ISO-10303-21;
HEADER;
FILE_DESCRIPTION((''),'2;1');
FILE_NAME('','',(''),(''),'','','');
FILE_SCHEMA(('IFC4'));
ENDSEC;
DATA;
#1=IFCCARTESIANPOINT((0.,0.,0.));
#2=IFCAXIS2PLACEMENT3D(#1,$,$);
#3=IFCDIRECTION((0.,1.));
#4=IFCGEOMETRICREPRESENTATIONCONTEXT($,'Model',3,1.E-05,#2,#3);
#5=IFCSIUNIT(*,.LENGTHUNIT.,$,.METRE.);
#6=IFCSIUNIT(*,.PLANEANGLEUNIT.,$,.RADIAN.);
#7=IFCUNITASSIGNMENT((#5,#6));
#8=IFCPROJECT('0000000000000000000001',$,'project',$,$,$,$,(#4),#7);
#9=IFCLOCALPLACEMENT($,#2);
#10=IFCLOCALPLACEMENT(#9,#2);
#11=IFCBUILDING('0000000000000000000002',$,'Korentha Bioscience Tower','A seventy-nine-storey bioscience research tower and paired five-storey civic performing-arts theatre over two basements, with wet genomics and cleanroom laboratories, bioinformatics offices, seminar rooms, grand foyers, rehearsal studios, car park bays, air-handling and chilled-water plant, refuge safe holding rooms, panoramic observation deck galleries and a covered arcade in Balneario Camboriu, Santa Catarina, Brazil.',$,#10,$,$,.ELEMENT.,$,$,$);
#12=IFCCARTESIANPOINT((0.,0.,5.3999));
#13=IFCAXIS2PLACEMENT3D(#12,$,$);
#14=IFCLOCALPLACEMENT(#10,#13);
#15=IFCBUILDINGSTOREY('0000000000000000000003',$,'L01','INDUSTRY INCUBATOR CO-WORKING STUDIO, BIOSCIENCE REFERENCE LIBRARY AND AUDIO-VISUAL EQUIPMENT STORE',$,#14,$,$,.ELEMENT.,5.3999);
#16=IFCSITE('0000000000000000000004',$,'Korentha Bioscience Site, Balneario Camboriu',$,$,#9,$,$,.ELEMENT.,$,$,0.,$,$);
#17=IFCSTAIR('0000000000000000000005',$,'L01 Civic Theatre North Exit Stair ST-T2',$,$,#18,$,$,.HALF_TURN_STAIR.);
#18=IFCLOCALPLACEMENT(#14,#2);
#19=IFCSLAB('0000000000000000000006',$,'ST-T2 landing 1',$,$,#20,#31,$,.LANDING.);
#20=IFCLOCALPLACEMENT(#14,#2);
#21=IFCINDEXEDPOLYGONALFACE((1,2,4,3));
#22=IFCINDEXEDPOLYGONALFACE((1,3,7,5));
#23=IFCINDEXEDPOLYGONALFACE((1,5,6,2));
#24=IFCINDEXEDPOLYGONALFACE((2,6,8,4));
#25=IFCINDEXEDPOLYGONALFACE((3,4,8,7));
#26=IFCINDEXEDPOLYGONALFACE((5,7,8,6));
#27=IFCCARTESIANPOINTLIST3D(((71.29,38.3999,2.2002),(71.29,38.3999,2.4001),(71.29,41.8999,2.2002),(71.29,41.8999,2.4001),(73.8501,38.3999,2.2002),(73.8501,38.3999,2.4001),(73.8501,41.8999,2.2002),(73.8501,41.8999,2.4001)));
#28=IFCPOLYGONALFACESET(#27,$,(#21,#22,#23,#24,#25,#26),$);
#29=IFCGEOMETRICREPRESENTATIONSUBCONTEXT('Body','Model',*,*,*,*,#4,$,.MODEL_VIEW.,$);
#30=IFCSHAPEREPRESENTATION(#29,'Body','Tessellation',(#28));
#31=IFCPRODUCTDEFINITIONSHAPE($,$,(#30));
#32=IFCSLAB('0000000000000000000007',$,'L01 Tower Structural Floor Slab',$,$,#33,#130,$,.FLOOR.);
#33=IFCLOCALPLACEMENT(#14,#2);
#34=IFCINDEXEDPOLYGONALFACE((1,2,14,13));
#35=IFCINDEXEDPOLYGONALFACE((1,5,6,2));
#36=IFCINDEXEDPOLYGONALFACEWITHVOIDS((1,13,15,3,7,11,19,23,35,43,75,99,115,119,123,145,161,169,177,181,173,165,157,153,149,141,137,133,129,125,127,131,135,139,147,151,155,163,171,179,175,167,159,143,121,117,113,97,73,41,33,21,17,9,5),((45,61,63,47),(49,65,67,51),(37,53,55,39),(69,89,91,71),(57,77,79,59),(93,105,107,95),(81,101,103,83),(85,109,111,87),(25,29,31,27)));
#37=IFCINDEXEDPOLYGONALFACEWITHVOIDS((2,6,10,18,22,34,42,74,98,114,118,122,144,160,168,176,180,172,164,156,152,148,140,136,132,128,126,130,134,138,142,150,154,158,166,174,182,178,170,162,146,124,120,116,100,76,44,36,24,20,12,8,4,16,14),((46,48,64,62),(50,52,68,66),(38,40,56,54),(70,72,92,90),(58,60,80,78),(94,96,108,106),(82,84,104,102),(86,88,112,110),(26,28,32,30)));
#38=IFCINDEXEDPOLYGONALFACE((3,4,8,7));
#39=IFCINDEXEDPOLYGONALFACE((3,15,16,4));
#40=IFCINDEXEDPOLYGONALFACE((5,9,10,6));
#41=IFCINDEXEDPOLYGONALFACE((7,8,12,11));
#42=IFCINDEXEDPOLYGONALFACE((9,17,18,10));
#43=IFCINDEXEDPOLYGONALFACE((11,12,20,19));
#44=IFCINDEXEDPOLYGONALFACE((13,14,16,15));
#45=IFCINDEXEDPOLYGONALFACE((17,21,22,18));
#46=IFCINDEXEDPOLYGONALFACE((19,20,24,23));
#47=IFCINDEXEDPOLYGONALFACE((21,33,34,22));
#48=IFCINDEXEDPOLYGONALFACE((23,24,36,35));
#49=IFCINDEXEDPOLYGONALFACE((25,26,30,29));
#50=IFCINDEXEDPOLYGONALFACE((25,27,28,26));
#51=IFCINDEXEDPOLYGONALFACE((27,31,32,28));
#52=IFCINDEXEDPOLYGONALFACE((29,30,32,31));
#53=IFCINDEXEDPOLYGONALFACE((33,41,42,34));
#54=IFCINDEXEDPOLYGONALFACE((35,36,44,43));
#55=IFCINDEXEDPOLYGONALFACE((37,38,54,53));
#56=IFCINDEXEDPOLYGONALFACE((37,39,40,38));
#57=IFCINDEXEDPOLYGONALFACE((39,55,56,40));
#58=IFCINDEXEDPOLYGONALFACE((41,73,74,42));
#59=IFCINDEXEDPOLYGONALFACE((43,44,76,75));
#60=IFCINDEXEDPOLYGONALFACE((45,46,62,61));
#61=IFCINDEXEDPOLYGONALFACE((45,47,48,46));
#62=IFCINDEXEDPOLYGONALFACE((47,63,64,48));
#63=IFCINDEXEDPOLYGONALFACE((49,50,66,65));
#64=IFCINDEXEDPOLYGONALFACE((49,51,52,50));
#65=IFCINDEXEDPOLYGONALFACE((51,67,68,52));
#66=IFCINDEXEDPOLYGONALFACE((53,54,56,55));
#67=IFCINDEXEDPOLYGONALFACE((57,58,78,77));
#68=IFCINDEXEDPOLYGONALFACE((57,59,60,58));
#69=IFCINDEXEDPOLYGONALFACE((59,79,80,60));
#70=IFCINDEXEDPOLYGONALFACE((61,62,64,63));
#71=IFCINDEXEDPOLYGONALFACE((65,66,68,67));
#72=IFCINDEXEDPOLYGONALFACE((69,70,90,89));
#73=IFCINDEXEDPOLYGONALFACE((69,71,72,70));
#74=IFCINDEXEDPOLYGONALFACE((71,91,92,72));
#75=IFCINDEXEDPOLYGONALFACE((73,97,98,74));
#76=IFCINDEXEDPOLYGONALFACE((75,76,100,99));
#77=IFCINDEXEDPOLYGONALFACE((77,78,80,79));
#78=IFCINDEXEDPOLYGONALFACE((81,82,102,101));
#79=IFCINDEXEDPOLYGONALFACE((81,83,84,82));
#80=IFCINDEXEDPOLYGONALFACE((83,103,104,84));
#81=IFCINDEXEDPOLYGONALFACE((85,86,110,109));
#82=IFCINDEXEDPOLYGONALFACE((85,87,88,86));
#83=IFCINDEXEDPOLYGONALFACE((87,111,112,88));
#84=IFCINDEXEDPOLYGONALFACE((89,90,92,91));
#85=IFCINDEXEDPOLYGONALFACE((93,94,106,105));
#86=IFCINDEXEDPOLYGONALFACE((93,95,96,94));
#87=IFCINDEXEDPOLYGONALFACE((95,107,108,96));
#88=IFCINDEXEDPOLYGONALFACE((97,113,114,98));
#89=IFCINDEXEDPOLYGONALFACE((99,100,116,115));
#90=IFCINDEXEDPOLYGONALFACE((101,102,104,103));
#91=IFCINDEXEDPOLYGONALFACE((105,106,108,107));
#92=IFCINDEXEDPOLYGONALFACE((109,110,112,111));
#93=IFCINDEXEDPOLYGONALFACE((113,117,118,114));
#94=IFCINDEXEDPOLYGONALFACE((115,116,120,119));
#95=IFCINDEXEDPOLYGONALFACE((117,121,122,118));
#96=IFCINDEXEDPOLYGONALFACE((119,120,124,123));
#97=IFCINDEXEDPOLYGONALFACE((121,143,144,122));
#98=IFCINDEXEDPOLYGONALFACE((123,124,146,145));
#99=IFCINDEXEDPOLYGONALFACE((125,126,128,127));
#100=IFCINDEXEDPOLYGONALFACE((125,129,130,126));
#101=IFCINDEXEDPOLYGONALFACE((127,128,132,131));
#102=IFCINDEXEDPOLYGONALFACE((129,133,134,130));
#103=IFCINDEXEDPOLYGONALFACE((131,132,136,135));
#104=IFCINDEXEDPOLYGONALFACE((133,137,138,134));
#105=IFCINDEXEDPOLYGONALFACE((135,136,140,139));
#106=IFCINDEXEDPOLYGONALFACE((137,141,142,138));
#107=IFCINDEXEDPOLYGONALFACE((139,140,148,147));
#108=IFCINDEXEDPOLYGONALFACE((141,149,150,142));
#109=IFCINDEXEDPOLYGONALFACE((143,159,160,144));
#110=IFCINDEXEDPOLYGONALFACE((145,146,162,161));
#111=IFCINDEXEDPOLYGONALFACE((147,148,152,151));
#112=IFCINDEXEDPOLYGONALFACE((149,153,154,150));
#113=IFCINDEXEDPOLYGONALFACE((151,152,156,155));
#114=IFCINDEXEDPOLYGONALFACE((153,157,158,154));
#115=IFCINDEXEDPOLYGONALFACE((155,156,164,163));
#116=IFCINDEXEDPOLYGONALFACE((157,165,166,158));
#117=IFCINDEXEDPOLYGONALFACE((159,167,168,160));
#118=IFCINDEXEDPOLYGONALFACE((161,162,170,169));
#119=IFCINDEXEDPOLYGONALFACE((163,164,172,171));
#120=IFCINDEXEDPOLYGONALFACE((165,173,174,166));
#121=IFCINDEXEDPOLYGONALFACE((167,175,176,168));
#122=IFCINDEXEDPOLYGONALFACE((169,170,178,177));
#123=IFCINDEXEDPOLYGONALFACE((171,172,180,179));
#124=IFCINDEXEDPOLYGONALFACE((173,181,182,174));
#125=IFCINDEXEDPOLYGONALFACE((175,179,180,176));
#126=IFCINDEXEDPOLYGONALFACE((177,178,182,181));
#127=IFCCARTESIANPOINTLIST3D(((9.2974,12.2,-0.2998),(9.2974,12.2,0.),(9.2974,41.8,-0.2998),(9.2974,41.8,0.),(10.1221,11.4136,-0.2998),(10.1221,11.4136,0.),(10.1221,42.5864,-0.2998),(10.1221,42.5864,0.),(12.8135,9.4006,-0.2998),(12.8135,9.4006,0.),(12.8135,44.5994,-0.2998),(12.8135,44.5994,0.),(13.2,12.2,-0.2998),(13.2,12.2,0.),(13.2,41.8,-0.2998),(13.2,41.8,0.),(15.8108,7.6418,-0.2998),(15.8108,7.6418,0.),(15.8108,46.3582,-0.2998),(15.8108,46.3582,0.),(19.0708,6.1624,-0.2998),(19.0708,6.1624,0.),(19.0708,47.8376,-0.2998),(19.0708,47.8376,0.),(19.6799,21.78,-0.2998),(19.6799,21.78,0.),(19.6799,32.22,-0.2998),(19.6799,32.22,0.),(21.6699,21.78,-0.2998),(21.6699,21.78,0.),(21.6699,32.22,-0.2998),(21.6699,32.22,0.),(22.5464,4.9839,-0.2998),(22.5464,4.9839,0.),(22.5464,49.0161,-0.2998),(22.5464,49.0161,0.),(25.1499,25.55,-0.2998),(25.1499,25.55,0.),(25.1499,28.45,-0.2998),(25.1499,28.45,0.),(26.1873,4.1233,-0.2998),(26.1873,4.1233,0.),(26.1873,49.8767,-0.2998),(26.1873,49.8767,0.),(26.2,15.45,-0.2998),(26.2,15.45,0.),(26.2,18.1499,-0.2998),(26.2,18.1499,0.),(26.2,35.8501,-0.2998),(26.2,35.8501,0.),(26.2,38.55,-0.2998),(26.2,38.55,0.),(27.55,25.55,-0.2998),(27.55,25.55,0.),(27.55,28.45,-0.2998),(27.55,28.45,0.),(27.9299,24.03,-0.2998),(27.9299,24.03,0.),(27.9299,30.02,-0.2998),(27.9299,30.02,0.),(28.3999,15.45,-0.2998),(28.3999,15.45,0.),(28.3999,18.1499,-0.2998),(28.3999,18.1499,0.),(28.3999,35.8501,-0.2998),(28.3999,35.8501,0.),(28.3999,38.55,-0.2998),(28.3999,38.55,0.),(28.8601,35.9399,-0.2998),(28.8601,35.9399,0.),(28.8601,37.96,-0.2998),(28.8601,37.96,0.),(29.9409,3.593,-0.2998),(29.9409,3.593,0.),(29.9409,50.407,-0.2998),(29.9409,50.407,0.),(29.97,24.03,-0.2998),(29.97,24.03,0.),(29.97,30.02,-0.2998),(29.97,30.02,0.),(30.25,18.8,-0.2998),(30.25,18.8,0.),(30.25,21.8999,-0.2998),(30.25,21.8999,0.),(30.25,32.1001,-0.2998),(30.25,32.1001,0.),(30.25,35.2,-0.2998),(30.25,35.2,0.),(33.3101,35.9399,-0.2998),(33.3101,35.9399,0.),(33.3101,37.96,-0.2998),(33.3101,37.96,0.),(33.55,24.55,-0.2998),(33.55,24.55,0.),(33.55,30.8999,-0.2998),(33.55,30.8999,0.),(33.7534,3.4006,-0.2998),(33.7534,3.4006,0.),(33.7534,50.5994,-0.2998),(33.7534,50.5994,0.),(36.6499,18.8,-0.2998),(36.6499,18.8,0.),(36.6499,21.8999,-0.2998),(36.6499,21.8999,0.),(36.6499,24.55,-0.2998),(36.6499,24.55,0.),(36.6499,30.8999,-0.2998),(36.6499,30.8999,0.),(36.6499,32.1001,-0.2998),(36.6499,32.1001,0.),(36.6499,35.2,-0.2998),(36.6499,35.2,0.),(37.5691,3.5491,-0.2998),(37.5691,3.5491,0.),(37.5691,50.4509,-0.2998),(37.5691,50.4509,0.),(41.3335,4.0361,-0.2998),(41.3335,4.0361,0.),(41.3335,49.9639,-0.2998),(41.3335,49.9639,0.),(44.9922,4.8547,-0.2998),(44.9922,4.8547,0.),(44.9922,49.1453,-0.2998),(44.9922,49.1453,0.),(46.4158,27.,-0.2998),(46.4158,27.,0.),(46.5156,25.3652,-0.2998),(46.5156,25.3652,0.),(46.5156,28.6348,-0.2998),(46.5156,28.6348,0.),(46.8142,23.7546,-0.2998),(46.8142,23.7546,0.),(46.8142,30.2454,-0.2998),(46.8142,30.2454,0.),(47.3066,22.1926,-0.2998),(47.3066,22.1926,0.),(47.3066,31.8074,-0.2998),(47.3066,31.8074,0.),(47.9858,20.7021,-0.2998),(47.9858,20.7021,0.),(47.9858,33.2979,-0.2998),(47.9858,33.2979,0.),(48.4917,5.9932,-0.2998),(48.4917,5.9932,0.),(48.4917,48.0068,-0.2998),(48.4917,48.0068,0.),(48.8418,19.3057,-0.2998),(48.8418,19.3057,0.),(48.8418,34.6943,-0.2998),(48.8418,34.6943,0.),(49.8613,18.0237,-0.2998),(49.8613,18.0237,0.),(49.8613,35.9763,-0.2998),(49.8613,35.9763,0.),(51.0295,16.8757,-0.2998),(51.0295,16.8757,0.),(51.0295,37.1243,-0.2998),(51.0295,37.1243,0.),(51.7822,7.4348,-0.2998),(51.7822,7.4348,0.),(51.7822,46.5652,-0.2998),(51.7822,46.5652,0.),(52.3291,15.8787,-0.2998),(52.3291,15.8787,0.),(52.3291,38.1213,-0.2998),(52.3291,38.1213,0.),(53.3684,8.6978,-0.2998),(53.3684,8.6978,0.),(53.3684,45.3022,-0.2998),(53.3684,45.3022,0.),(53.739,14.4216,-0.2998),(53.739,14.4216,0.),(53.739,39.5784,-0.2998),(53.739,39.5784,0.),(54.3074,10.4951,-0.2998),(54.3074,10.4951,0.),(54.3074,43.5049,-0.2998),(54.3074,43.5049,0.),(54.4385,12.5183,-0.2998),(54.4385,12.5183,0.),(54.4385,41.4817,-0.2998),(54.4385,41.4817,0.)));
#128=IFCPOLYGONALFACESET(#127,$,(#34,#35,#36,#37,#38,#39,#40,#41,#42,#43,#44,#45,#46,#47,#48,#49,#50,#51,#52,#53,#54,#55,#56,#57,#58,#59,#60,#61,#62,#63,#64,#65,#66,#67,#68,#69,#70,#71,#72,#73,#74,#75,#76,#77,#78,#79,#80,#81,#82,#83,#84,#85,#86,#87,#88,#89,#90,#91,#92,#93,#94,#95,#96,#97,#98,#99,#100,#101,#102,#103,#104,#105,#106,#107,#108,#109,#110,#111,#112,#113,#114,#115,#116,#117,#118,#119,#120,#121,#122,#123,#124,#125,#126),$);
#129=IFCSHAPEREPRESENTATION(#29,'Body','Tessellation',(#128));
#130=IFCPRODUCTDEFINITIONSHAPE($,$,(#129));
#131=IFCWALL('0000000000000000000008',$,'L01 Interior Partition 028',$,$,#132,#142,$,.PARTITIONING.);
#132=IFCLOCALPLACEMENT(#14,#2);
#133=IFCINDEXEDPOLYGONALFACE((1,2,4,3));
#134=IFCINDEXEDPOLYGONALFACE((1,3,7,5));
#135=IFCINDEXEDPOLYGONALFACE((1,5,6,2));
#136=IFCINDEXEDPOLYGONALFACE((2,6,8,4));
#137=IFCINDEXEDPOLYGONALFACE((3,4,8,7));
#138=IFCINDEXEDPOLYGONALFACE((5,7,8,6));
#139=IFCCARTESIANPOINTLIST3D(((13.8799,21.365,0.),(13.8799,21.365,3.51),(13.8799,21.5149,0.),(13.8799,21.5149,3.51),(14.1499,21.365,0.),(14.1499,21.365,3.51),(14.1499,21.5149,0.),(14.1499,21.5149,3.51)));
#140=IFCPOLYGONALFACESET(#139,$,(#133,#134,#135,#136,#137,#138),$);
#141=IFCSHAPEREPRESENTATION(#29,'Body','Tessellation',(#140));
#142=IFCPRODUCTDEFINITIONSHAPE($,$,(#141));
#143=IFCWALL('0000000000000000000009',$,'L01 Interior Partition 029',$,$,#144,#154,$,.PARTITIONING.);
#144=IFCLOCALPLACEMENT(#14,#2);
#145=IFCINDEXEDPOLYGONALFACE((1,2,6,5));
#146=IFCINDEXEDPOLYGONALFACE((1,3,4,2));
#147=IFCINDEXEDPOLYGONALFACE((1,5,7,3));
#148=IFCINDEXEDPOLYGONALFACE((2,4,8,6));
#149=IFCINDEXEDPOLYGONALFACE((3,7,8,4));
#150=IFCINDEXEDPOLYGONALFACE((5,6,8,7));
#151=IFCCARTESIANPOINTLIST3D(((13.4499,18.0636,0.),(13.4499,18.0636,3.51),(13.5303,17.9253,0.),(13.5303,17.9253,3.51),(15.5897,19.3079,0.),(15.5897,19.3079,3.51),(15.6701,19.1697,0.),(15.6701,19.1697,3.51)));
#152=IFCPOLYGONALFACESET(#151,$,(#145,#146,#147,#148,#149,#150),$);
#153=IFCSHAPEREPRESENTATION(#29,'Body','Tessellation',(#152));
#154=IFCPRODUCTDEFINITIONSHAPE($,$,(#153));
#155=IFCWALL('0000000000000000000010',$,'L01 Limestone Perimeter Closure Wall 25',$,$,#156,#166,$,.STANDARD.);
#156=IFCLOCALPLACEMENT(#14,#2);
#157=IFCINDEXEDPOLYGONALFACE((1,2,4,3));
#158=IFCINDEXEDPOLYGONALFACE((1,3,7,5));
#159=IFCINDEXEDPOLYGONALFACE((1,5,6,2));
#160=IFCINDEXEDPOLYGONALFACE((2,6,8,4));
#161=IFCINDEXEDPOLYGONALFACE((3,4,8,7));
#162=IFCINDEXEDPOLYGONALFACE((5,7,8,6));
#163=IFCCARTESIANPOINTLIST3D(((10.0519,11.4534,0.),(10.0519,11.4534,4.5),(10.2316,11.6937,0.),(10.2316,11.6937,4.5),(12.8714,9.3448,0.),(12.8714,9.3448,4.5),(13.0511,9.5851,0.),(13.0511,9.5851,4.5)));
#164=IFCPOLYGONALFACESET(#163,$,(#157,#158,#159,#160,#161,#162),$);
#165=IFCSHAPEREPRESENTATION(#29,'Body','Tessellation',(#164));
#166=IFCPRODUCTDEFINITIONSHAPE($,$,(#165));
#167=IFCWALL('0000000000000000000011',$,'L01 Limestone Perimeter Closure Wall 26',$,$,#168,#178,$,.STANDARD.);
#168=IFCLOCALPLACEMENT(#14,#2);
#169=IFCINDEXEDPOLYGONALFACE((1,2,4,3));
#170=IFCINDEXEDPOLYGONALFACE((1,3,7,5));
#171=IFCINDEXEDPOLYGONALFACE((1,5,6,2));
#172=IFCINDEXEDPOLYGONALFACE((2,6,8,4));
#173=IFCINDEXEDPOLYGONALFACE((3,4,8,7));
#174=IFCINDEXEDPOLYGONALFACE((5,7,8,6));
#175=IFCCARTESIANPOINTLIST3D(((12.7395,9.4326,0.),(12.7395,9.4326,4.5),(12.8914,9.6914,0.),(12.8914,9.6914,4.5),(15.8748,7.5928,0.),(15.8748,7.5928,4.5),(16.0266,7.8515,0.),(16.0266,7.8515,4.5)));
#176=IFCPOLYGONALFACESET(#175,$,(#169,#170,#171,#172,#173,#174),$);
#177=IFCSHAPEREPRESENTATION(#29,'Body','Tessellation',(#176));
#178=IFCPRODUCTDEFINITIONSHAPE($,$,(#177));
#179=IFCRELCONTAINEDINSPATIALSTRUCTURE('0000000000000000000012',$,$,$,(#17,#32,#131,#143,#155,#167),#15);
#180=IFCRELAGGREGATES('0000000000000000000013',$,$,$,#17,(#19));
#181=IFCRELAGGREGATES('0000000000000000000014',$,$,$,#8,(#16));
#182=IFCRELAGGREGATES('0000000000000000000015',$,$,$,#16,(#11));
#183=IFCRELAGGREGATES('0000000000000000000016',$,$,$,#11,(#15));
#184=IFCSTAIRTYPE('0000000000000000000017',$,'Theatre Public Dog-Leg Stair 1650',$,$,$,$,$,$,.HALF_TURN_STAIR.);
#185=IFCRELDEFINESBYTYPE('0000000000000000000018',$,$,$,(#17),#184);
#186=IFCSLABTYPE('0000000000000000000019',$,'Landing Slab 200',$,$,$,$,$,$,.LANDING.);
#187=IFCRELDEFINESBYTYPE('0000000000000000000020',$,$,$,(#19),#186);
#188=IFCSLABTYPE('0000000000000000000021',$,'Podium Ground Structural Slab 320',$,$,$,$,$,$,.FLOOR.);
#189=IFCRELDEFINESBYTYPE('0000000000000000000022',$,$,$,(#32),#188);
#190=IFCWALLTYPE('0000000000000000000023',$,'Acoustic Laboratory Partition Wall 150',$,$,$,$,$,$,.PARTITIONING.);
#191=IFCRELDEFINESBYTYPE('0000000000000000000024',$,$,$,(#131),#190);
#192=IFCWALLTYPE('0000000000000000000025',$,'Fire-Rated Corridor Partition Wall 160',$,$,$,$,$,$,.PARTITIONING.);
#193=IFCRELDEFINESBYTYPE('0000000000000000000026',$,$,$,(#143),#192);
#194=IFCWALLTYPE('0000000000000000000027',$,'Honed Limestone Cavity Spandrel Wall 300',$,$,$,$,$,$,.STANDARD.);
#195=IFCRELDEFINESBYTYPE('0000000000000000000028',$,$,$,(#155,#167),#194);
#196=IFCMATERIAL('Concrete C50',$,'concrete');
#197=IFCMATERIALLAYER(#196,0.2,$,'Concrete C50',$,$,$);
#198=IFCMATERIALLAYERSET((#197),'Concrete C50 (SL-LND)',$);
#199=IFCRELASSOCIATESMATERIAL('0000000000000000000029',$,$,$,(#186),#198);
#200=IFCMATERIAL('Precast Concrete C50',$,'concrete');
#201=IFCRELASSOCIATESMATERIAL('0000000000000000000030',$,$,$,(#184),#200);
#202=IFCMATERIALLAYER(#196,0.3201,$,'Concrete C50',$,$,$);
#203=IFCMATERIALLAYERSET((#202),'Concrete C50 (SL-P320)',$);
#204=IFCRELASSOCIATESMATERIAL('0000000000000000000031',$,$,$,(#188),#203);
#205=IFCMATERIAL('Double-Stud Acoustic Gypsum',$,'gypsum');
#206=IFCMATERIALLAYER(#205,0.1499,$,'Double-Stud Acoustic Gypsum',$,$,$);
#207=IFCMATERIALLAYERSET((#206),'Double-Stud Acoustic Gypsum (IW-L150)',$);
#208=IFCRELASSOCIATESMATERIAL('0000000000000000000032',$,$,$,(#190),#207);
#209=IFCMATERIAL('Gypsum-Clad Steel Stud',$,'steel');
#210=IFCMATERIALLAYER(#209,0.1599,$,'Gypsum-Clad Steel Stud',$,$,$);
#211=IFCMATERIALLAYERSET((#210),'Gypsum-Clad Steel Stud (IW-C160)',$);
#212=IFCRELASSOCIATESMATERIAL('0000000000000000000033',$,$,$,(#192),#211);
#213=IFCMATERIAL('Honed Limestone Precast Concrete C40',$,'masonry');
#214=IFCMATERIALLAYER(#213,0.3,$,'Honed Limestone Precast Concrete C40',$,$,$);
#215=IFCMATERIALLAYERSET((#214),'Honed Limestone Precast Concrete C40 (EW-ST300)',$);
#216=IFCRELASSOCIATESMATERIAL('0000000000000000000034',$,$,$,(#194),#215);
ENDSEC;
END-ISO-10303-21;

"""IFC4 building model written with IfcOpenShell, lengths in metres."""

from ifc_helpers import new_model, si_unit, direction, frame, frame_2d, origin, place, context, subcontext, project, spatial, polyline, rectangle, outline, extrude, material, layer, layer_set, type_object, element, aggregate, save


model = new_model("IFC4")

# Units and contexts
model_context = context("Model", 3, precision=1e-05, world=origin(), true_north=direction((0.0, 1.0)))
body_context = subcontext(model_context, "Body", "Model", "MODEL_VIEW")
ifc_project = project(units=[si_unit("LENGTHUNIT", "METRE"), si_unit("PLANEANGLEUNIT", "RADIAN")], contexts=[model_context])

# Site, building, storey
site_placement = place(None, origin())
site = spatial("IfcSite", under=ifc_project, at=site_placement, Name="Korentha Bioscience Site, Balneario Camboriu", CompositionType="ELEMENT", RefElevation=0.0)
building_placement = place(site_placement, origin())
building = spatial("IfcBuilding", under=site, at=building_placement, Name="Korentha Bioscience Tower", Description="A seventy-nine-storey bioscience research tower and paired five-storey civic performing-arts theatre over two basements, with wet genomics and cleanroom laboratories, bioinformatics offices, seminar rooms, grand foyers, rehearsal studios, car park bays, air-handling and chilled-water plant, refuge safe holding rooms, panoramic observation deck galleries and a covered arcade in Balneario Camboriu, Santa Catarina, Brazil.", CompositionType="ELEMENT")
storey_placement = place(building_placement, frame((0.0, 0.0, 5.3999)))
storey = spatial("IfcBuildingStorey", under=building, at=storey_placement, Name="L01", Description="INDUSTRY INCUBATOR CO-WORKING STUDIO, BIOSCIENCE REFERENCE LIBRARY AND AUDIO-VISUAL EQUIPMENT STORE", CompositionType="ELEMENT", Elevation=5.3999)

# Shared definitions
ifc_material_1 = material(Name="Concrete C50", Category="concrete")

# Stair, slab
ifc_material_2 = material(Name="Precast Concrete C50", Category="concrete")
ifc_layer_1 = layer(ifc_material_1, 0.2, Name="Concrete C50")
ifc_layer_set_1 = layer_set([ifc_layer_1], Name="Concrete C50 (SL-LND)")
slab_type_1 = type_object("IfcSlabType", Name="Landing Slab 200", PredefinedType="LANDING", material=ifc_layer_set_1)
stair_type_1 = type_object("IfcStairType", Name="Theatre Public Dog-Leg Stair 1650", PredefinedType="HALF_TURN_STAIR", material=ifc_material_2)
stair_1_placement = place(storey_placement, origin())
stair_1 = element("IfcStair", 1, at=stair_1_placement, inside=storey, type_object=stair_type_1, Name="L01 Civic Theatre North Exit Stair ST-T2", PredefinedType="HALF_TURN_STAIR")
slab_1_placement = place(storey_placement, frame((0.0, 0.0, 2.2002)))
slab_1 = element("IfcSlab", 2, at=slab_1_placement, type_object=slab_type_1, Name="ST-T2 landing 1", PredefinedType="LANDING", context=body_context, shape_type="SweptSolid", body=[
    extrude(outline(polyline([(71.29, 38.3999), (73.8501, 38.3999), (73.8501, 41.8999), (71.29, 41.8999), (71.29, 38.3999)])), origin(), (0.0, 0.0, 1.0), 0.2),
])
aggregate(stair_1, [slab_1])

# Slab
ifc_layer_2 = layer(ifc_material_1, 0.3201, Name="Concrete C50")
ifc_layer_set_2 = layer_set([ifc_layer_2], Name="Concrete C50 (SL-P320)")
slab_type_2 = type_object("IfcSlabType", Name="Podium Ground Structural Slab 320", PredefinedType="FLOOR", material=ifc_layer_set_2)
slab_2_placement = place(storey_placement, frame((0.0, 0.0, -0.2998)))
element("IfcSlab", 3, at=slab_2_placement, inside=storey, type_object=slab_type_2, Name="L01 Tower Structural Floor Slab", PredefinedType="FLOOR", context=body_context, shape_type="SweptSolid", body=[
    extrude(outline(polyline([(9.2974, 41.8), (13.2, 41.8), (13.2, 12.2), (9.2974, 12.2), (10.1221, 11.4136), (12.8135, 9.4006), (15.8108, 7.6418), (19.0708, 6.1624), (22.5464, 4.9839), (26.1873, 4.1233), (29.9409, 3.593), (33.7534, 3.4006), (37.5691, 3.5491), (41.3335, 4.0361), (44.9922, 4.8547), (48.4917, 5.9932), (51.7822, 7.4348), (53.3684, 8.6978), (54.3074, 10.4951), (54.4385, 12.5183), (53.739, 14.4216), (52.3291, 15.8787), (51.0295, 16.8757), (49.8613, 18.0237), (48.8418, 19.3057), (47.9858, 20.7021), (47.3066, 22.1926), (46.8142, 23.7546), (46.5156, 25.3652), (46.4158, 27.0), (46.5156, 28.6348), (46.8142, 30.2454), (47.3066, 31.8074), (47.9858, 33.2979), (48.8418, 34.6943), (49.8613, 35.9763), (51.0295, 37.1243), (52.3291, 38.1213), (53.739, 39.5784), (54.4385, 41.4817), (54.3074, 43.5049), (53.3684, 45.3022), (51.7822, 46.5652), (48.4917, 48.0068), (44.9922, 49.1453), (41.3335, 49.9639), (37.5691, 50.4509), (33.7534, 50.5994), (29.9409, 50.407), (26.1873, 49.8767), (22.5464, 49.0161), (19.0708, 47.8376), (15.8108, 46.3582), (12.8135, 44.5994), (10.1221, 42.5864), (9.2974, 41.8)]), holes=[polyline([(30.25, 32.1001), (36.6499, 32.1001), (36.6499, 35.2), (30.25, 35.2), (30.25, 32.1001)]), polyline([(30.25, 18.8), (36.6499, 18.8), (36.6499, 21.8999), (30.25, 21.8999), (30.25, 18.8)]), polyline([(36.6499, 24.55), (36.6499, 30.8999), (33.55, 30.8999), (33.55, 24.55), (36.6499, 24.55)]), polyline([(19.6799, 21.78), (21.6699, 21.78), (21.6699, 32.22), (19.6799, 32.22), (19.6799, 21.78)]), polyline([(27.9299, 24.03), (29.97, 24.03), (29.97, 30.02), (27.9299, 30.02), (27.9299, 24.03)]), polyline([(28.8601, 35.9399), (33.3101, 35.9399), (33.3101, 37.96), (28.8601, 37.96), (28.8601, 35.9399)]), polyline([(26.2, 15.45), (28.3999, 15.45), (28.3999, 18.1499), (26.2, 18.1499), (26.2, 15.45)]), polyline([(26.2, 35.8501), (28.3999, 35.8501), (28.3999, 38.55), (26.2, 38.55), (26.2, 35.8501)]), polyline([(25.1499, 25.55), (27.55, 25.55), (27.55, 28.45), (25.1499, 28.45), (25.1499, 25.55)])]), origin(), (0.0, 0.0, 1.0), 0.2998),
])

# Walls
ifc_material_3 = material(Name="Double-Stud Acoustic Gypsum", Category="gypsum")
ifc_layer_3 = layer(ifc_material_3, 0.1499, Name="Double-Stud Acoustic Gypsum")
ifc_layer_set_3 = layer_set([ifc_layer_3], Name="Double-Stud Acoustic Gypsum (IW-L150)")
wall_type_1 = type_object("IfcWallType", Name="Acoustic Laboratory Partition Wall 150", PredefinedType="PARTITIONING", material=ifc_layer_set_3)
wall_1_placement = place(storey_placement, frame((13.8799, 21.4399, 0.0), z_axis=(0.0, 0.0, 1.0), x_axis=(1.0, 0.0, 0.0)))
element("IfcWall", 4, at=wall_1_placement, inside=storey, type_object=wall_type_1, Name="L01 Interior Partition 028", PredefinedType="PARTITIONING", context=body_context, shape_type="SweptSolid", body=[
    extrude(rectangle(XDim=0.27, YDim=0.1499, at=frame_2d((0.135, 0.0))), origin(), (0.0, 0.0, 1.0), 3.51),
])
ifc_material_4 = material(Name="Gypsum-Clad Steel Stud", Category="steel")
ifc_layer_4 = layer(ifc_material_4, 0.1599, Name="Gypsum-Clad Steel Stud")
ifc_layer_set_4 = layer_set([ifc_layer_4], Name="Gypsum-Clad Steel Stud (IW-C160)")
wall_type_2 = type_object("IfcWallType", Name="Fire-Rated Corridor Partition Wall 160", PredefinedType="PARTITIONING", material=ifc_layer_set_4)
wall_2_placement = place(storey_placement, frame((13.49, 17.9944, 0.0), z_axis=(0.0, 0.0, 1.0), x_axis=(0.864461, 0.502699, 0.0)))
element("IfcWall", 5, at=wall_2_placement, inside=storey, type_object=wall_type_2, Name="L01 Interior Partition 029", PredefinedType="PARTITIONING", context=body_context, shape_type="SweptSolid", body=[
    extrude(rectangle(XDim=2.4753, YDim=0.1599, at=frame_2d((1.2378, 0.0))), origin(), (0.0, 0.0, 1.0), 3.51),
])
ifc_material_5 = material(Name="Honed Limestone Precast Concrete C40", Category="masonry")
ifc_layer_5 = layer(ifc_material_5, 0.3, Name="Honed Limestone Precast Concrete C40")
ifc_layer_set_5 = layer_set([ifc_layer_5], Name="Honed Limestone Precast Concrete C40 (EW-ST300)")
wall_type_3 = type_object("IfcWallType", Name="Honed Limestone Cavity Spandrel Wall 300", PredefinedType="STANDARD", material=ifc_layer_set_5)
wall_3_placement = place(storey_placement, frame((10.1418, 11.5735, 0.0), z_axis=(0.0, 0.0, 1.0), x_axis=(0.800823, -0.598901, 0.0)))
element("IfcWall", 6, at=wall_3_placement, inside=storey, type_object=wall_type_3, Name="L01 Limestone Perimeter Closure Wall 25", PredefinedType="STANDARD", context=body_context, shape_type="SweptSolid", body=[
    extrude(rectangle(XDim=3.5208, YDim=0.3, at=frame_2d((1.7603, 0.0))), origin(), (0.0, 0.0, 1.0), 4.5),
])
wall_4_placement = place(storey_placement, frame((12.8154, 9.562, 0.0), z_axis=(0.0, 0.0, 1.0), x_axis=(0.862465, -0.506116, 0.0)))
element("IfcWall", 7, at=wall_4_placement, inside=storey, type_object=wall_type_3, Name="L01 Limestone Perimeter Closure Wall 26", PredefinedType="STANDARD", context=body_context, shape_type="SweptSolid", body=[
    extrude(rectangle(XDim=3.6353, YDim=0.3, at=frame_2d((1.8176, 0.0))), origin(), (0.0, 0.0, 1.0), 4.5),
])

save(model, "model.ifc")
